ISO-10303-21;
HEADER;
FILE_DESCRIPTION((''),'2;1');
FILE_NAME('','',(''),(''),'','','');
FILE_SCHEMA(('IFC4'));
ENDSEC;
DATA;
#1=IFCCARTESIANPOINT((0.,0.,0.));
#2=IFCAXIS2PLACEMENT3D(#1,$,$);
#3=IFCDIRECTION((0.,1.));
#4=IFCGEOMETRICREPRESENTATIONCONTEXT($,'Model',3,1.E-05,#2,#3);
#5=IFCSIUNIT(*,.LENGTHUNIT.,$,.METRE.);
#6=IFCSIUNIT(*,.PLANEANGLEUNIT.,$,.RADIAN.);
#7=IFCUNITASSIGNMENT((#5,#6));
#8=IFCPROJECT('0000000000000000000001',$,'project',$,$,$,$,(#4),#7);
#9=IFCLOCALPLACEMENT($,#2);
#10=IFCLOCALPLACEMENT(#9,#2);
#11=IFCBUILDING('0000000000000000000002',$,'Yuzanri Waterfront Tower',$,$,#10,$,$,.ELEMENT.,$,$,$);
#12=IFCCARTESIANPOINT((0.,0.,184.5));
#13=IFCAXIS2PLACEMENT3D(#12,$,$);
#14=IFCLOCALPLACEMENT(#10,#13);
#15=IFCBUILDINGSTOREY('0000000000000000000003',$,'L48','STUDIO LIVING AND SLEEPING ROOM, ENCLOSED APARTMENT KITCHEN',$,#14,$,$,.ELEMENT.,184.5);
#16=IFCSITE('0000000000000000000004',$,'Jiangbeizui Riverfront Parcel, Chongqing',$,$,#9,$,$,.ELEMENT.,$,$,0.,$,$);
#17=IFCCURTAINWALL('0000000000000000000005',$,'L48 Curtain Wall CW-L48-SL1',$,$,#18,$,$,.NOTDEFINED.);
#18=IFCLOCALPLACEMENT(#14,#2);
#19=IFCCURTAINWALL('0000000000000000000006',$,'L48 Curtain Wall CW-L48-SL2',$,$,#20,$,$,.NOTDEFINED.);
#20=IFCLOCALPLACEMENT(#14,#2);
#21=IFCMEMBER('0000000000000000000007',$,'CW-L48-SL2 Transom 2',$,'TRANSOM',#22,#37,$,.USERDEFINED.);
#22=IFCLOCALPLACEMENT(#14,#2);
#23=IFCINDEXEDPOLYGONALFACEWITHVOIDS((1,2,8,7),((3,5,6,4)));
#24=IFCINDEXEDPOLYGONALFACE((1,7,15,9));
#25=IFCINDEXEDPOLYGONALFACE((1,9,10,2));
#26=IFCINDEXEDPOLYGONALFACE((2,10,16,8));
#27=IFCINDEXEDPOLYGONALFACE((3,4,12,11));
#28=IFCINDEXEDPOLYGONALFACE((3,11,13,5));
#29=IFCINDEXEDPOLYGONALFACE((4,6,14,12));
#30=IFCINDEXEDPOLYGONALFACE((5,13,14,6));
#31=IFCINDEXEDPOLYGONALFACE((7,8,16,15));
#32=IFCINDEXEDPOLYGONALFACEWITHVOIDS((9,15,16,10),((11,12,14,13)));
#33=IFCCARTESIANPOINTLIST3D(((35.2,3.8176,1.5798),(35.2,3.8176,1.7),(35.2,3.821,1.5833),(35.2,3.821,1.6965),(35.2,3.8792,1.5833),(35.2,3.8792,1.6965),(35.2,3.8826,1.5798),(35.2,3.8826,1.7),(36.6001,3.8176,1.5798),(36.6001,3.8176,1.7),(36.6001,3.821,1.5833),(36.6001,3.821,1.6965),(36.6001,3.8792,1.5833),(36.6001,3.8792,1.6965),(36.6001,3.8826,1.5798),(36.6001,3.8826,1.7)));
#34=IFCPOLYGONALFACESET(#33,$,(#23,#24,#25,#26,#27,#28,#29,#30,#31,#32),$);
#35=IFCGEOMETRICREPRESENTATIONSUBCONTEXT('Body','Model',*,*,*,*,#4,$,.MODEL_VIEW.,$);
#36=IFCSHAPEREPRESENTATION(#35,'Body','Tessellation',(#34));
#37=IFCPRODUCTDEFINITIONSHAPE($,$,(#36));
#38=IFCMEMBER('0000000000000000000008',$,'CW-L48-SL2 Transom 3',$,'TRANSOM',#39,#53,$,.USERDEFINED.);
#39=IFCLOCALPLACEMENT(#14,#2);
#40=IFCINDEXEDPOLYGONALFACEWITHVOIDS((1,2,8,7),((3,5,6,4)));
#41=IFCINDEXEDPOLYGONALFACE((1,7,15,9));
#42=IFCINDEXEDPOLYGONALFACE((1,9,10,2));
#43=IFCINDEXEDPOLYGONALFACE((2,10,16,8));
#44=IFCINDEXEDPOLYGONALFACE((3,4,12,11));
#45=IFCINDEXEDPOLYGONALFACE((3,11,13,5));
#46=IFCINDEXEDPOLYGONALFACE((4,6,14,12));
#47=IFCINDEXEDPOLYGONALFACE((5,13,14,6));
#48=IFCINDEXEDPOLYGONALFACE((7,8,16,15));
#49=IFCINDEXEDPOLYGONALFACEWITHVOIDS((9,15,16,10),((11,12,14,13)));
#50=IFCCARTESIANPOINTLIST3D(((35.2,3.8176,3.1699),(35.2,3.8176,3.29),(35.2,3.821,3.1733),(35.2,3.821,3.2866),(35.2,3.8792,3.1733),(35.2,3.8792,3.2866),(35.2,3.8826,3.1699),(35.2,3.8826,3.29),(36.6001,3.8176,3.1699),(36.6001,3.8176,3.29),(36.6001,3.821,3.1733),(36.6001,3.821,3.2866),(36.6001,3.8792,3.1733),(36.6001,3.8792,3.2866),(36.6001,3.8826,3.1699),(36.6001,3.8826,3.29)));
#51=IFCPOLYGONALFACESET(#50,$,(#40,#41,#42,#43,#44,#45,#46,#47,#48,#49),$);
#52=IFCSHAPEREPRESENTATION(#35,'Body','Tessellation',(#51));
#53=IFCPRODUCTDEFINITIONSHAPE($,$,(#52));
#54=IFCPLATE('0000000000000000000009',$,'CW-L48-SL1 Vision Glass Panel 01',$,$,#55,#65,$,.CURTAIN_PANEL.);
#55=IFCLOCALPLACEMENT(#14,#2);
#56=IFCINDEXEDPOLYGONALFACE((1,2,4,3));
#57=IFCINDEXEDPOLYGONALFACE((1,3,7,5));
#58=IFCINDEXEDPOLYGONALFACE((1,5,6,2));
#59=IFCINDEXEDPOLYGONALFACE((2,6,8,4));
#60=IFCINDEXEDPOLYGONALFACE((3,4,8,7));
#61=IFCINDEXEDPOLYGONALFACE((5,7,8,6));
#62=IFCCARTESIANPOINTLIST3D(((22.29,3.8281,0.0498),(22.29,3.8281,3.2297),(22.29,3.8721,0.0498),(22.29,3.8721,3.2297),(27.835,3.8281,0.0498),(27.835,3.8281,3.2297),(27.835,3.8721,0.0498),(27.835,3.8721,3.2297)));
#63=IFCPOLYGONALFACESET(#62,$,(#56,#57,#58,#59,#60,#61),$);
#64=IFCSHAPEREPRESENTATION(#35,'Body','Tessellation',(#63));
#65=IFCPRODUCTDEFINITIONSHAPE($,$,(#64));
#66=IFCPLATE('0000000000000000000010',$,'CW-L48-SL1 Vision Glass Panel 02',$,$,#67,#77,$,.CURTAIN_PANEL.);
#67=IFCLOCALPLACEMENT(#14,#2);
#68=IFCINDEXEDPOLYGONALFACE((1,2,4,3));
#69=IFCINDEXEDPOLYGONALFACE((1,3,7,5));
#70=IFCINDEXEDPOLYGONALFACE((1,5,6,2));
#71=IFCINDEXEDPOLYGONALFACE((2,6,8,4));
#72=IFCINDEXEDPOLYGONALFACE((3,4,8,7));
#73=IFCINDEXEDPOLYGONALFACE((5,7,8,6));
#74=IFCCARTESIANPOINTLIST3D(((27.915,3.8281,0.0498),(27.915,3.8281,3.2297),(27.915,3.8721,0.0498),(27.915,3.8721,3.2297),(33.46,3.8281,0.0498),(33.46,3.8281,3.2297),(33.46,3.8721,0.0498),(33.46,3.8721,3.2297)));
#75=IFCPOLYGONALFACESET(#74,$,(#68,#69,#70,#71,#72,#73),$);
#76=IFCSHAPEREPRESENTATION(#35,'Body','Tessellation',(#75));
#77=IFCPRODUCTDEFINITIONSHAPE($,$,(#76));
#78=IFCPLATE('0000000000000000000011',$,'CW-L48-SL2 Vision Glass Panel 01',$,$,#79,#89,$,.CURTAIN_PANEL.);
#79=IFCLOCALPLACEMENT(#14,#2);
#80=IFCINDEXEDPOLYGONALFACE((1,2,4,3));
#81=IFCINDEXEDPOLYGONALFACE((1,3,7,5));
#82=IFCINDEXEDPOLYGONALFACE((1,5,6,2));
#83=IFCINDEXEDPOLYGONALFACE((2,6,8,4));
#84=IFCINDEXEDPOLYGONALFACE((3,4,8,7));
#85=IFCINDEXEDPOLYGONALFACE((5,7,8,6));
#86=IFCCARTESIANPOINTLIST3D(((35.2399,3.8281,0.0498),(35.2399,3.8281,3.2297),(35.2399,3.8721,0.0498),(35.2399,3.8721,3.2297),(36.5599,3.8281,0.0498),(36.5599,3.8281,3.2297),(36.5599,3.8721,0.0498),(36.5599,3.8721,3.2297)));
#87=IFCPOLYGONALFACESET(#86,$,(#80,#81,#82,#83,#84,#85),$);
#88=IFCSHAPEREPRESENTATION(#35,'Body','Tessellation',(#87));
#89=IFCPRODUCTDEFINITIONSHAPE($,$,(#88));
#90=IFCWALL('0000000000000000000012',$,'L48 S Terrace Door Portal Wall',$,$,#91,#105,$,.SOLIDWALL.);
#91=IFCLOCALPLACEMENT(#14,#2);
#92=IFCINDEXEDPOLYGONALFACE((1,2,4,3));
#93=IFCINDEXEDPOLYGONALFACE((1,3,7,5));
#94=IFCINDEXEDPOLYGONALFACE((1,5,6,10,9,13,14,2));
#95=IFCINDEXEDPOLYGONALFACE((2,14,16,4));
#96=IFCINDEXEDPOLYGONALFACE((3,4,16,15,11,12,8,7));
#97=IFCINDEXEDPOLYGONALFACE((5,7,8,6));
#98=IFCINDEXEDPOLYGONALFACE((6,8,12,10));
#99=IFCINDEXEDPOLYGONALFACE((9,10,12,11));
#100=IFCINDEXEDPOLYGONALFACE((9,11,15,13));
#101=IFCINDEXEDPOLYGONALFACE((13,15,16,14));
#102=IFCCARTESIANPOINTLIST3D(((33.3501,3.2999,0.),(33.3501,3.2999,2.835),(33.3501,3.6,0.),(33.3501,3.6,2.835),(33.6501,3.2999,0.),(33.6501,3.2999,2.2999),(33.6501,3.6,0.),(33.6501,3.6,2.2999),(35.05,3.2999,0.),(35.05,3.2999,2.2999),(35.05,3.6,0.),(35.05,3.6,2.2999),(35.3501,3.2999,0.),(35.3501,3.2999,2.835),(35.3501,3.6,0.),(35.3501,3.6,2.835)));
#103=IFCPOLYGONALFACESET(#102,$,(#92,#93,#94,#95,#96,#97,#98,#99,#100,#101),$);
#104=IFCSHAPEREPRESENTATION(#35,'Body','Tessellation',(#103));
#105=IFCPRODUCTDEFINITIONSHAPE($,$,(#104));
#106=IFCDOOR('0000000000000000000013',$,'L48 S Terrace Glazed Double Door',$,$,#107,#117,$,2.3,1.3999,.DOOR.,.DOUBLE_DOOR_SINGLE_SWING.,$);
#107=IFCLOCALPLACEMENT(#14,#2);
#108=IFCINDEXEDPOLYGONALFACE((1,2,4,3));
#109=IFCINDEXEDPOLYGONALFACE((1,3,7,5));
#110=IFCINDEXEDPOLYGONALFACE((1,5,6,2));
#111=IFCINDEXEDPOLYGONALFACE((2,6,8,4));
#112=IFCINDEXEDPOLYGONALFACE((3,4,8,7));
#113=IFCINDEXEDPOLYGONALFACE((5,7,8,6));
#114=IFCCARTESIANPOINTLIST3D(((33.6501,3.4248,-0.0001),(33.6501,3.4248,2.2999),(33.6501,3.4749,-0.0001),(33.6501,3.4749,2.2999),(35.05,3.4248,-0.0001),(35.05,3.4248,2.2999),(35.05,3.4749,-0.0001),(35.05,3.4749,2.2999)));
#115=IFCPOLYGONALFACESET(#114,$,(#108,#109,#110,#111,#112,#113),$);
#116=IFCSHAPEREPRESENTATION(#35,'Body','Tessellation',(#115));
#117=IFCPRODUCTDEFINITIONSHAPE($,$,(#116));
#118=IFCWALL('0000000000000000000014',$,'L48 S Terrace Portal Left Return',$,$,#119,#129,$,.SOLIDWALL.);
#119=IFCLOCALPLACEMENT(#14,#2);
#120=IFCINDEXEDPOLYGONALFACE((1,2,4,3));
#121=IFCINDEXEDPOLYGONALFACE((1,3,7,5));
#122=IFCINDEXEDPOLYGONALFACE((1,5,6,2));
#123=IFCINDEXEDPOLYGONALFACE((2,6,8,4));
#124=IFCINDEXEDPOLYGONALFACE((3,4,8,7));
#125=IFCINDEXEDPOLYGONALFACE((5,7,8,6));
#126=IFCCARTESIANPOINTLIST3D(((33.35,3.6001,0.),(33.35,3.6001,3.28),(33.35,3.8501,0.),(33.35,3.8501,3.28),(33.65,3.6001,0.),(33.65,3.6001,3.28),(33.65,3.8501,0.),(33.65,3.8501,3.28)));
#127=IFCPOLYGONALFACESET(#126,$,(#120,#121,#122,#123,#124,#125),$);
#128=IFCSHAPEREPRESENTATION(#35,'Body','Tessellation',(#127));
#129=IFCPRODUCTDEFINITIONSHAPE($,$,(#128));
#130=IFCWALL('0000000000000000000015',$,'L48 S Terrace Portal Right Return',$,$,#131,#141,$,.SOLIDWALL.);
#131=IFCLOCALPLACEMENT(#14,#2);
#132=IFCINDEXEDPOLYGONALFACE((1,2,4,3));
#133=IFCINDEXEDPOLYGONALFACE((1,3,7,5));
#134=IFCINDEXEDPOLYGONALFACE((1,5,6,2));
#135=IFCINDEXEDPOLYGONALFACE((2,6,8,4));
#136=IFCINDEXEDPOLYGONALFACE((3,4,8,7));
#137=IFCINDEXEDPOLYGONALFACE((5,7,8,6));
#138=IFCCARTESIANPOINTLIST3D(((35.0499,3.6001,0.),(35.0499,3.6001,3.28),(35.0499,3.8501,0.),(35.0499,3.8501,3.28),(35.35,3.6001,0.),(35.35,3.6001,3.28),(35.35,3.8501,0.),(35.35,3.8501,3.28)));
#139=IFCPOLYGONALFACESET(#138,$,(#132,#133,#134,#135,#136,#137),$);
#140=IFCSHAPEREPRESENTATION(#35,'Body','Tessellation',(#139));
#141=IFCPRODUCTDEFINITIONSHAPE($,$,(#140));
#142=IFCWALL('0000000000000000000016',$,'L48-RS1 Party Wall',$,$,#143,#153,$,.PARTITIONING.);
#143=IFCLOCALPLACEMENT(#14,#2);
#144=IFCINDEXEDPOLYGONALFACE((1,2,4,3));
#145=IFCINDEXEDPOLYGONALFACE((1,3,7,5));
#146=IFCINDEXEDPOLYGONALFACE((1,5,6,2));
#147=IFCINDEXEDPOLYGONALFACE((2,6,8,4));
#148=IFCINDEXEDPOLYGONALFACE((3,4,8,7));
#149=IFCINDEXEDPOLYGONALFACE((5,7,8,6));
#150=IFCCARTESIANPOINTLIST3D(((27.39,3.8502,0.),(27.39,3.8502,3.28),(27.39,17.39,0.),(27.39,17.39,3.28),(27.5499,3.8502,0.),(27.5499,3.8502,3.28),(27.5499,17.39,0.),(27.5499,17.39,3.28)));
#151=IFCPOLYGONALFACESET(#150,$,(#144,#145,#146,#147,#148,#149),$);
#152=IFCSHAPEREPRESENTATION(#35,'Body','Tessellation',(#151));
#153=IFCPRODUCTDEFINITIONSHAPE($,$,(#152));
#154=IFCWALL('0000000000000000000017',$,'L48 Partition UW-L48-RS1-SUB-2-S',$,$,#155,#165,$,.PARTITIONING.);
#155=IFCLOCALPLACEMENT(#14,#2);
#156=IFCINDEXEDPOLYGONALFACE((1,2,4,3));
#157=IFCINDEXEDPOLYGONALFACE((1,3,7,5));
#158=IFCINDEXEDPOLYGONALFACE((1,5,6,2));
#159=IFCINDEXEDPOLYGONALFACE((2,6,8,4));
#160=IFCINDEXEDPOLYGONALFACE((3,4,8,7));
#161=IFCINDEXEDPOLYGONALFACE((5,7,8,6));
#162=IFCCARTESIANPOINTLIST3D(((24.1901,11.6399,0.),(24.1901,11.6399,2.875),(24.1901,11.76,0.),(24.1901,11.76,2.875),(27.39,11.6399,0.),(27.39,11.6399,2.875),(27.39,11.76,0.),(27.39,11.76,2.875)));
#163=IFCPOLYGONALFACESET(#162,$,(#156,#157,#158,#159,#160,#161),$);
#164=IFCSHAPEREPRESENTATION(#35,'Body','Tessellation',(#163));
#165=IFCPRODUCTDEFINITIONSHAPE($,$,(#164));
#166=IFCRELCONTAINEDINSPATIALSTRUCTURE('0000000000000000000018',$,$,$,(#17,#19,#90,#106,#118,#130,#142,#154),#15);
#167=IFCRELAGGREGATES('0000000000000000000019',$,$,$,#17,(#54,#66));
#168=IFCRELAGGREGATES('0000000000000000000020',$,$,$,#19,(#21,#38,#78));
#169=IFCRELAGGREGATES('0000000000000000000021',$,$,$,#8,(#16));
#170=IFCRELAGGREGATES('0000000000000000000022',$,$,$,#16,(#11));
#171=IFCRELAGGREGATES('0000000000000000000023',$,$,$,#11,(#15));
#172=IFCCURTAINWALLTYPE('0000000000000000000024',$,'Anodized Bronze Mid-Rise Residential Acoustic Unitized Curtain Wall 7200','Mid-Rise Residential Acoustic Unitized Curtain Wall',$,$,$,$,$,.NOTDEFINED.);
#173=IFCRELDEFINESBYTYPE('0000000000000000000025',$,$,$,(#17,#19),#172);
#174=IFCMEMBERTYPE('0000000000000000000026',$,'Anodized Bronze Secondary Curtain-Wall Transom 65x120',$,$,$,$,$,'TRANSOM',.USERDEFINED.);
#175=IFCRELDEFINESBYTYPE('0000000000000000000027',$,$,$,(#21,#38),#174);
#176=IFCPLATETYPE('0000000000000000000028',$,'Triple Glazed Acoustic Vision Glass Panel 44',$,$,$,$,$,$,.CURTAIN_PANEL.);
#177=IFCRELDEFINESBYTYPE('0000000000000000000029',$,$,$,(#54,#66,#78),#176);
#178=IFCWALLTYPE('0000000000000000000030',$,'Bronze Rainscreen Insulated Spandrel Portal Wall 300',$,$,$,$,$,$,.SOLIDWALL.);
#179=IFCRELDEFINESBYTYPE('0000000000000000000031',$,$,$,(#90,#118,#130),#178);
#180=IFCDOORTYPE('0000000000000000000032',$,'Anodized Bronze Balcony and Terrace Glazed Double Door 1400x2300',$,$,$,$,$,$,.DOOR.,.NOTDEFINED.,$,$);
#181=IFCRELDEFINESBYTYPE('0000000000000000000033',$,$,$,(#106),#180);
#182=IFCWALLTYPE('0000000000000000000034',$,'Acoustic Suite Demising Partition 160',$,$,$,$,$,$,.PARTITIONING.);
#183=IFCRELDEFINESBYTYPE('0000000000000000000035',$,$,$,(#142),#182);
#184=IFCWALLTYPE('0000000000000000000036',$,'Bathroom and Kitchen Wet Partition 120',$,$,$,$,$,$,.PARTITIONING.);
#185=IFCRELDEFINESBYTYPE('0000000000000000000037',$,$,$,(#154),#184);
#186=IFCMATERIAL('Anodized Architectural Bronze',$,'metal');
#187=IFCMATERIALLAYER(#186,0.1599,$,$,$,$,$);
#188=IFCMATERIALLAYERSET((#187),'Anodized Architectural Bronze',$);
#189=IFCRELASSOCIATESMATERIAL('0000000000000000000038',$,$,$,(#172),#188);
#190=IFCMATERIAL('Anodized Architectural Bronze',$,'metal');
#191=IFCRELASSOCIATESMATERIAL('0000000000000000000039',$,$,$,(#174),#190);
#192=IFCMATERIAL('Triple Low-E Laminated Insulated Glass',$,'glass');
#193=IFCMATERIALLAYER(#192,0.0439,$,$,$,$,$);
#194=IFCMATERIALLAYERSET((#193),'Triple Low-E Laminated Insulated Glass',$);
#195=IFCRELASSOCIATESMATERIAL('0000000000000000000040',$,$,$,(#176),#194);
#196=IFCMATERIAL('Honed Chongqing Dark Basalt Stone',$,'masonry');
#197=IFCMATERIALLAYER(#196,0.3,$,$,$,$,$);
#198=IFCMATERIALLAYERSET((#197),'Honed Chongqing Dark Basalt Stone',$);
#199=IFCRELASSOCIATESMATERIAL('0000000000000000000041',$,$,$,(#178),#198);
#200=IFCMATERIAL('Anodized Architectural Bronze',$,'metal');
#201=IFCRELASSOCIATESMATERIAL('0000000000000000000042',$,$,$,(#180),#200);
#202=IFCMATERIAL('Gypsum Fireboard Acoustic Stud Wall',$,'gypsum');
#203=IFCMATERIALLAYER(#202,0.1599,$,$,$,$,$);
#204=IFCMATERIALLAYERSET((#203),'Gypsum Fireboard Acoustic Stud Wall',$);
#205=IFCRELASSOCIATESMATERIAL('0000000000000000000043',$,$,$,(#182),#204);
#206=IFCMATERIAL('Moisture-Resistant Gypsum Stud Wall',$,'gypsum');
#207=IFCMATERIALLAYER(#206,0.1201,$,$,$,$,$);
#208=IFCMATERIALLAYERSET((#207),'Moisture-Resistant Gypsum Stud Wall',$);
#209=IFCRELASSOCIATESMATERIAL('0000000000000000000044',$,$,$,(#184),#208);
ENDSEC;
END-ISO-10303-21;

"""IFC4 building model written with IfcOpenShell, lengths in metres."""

from ifc_helpers import new_model, si_unit, direction, frame, frame_2d, origin, origin_2d, place, context, subcontext, project, spatial, rectangle, hollow_rectangle, extrude, source, transform, mapped, material, layer, layer_set, material_profile, profile_set, type_object, element, fill, aggregate, save


model = new_model("IFC4")

# Units and contexts
model_context = context("Model", 3, precision=1e-05, world=origin(), true_north=direction((0.0, 1.0)))
body_context = subcontext(model_context, "Body", "Model", "MODEL_VIEW")
ifc_project = project(units=[si_unit("LENGTHUNIT", "METRE"), si_unit("PLANEANGLEUNIT", "RADIAN")], contexts=[model_context])

# Site, building, storey
site_placement = place(None, origin())
site = spatial("IfcSite", under=ifc_project, at=site_placement, Name="Jiangbeizui Riverfront Parcel, Chongqing", CompositionType="ELEMENT", RefElevation=0.0)
building_placement = place(site_placement, origin())
building = spatial("IfcBuilding", under=site, at=building_placement, Name="Yuzanri Waterfront Tower", CompositionType="ELEMENT")
storey_placement = place(building_placement, frame((0.0, 0.0, 184.5)))
storey = spatial("IfcBuildingStorey", under=building, at=storey_placement, Name="L48", Description="STUDIO LIVING AND SLEEPING ROOM, ENCLOSED APARTMENT KITCHEN", CompositionType="ELEMENT", Elevation=184.5)

# Curtain walls, members
ifc_material_1 = material(Name="Anodized Architectural Bronze", Category="metal")
ifc_layer_1 = layer(ifc_material_1, 0.1599)
ifc_layer_set_1 = layer_set([ifc_layer_1], Name="Anodized Architectural Bronze")
curtain_wall_type = type_object("IfcCurtainWallType", Name="Anodized Bronze Mid-Rise Residential Acoustic Unitized Curtain Wall 7200", Description="Mid-Rise Residential Acoustic Unitized Curtain Wall", PredefinedType="NOTDEFINED", material=ifc_layer_set_1)
curtain_wall_1_placement = place(storey_placement, origin())
curtain_wall_1 = element("IfcCurtainWall", 1, at=curtain_wall_1_placement, inside=storey, type_object=curtain_wall_type, Name="L48 Curtain Wall CW-L48-SL1", PredefinedType="NOTDEFINED")
curtain_wall_2_placement = place(storey_placement, origin())
curtain_wall_2 = element("IfcCurtainWall", 2, at=curtain_wall_2_placement, inside=storey, type_object=curtain_wall_type, Name="L48 Curtain Wall CW-L48-SL2", PredefinedType="NOTDEFINED")
ifc_material_2 = material(Name="Anodized Architectural Bronze", Category="metal")
ifc_material_profile_1 = material_profile(ifc_material_2, hollow_rectangle(XDim=0.0649, YDim=0.1201, WallThickness=0.0034, at=origin_2d()), Name="CWT 65x120")
ifc_profile_set_1 = profile_set([ifc_material_profile_1], Name="Anodized Architectural Bronze")
member_type_1 = type_object("IfcMemberType", Name="Anodized Bronze Secondary Curtain-Wall Transom 65x120", ElementType="TRANSOM", PredefinedType="USERDEFINED", material=ifc_profile_set_1)
shared_shape_1 = source(origin(), body_context, "Body", "SweptSolid", [
    extrude(hollow_rectangle(XDim=0.0649, YDim=0.1201, WallThickness=0.0034, at=origin_2d()), origin(), (0.0, 0.0, 1.0), 1.4001),
])
member_1_placement = place(storey_placement, frame((35.2, 3.8501, 1.6399), z_axis=(1.0, 0.0, 0.0), x_axis=(0.0, 1.0, 0.0)))
member_1 = element("IfcMember", 3, at=member_1_placement, type_object=member_type_1, Name="CW-L48-SL2 Transom 2", ObjectType="TRANSOM", PredefinedType="USERDEFINED", context=body_context, shape_type="MappedRepresentation", body=[
    mapped(shared_shape_1, transform((0.0, 0.0, 0.0), scale=1.0)),
])
member_2_placement = place(storey_placement, frame((35.2, 3.8501, 3.23), z_axis=(1.0, 0.0, 0.0), x_axis=(0.0, 1.0, 0.0)))
member_2 = element("IfcMember", 4, at=member_2_placement, type_object=member_type_1, Name="CW-L48-SL2 Transom 3", ObjectType="TRANSOM", PredefinedType="USERDEFINED", context=body_context, shape_type="MappedRepresentation", body=[
    mapped(shared_shape_1, transform((0.0, 0.0, 0.0), scale=1.0)),
])

# Plates
ifc_material_3 = material(Name="Triple Low-E Laminated Insulated Glass", Category="glass")
ifc_layer_2 = layer(ifc_material_3, 0.0439)
ifc_layer_set_2 = layer_set([ifc_layer_2], Name="Triple Low-E Laminated Insulated Glass")
plate_type = type_object("IfcPlateType", Name="Triple Glazed Acoustic Vision Glass Panel 44", PredefinedType="CURTAIN_PANEL", material=ifc_layer_set_2)
shared_shape_2 = source(origin(), body_context, "Body", "SweptSolid", [
    extrude(rectangle(XDim=5.5449, YDim=0.0439, at=origin_2d()), origin(), (0.0, 0.0, 1.0), 3.1799),
])
plate_1_placement = place(storey_placement, frame((25.0625, 3.8501, 0.0498), z_axis=(0.0, 0.0, 1.0), x_axis=(1.0, 0.0, 0.0)))
plate_1 = element("IfcPlate", 5, at=plate_1_placement, type_object=plate_type, Name="CW-L48-SL1 Vision Glass Panel 01", PredefinedType="CURTAIN_PANEL", context=body_context, shape_type="MappedRepresentation", body=[
    mapped(shared_shape_2, transform((0.0, 0.0, 0.0), scale=1.0)),
])
plate_2_placement = place(storey_placement, frame((30.6875, 3.8501, 0.0498), z_axis=(0.0, 0.0, 1.0), x_axis=(1.0, 0.0, 0.0)))
plate_2 = element("IfcPlate", 6, at=plate_2_placement, type_object=plate_type, Name="CW-L48-SL1 Vision Glass Panel 02", PredefinedType="CURTAIN_PANEL", context=body_context, shape_type="MappedRepresentation", body=[
    mapped(shared_shape_2, transform((0.0, 0.0, 0.0), scale=1.0)),
])
aggregate(curtain_wall_1, [plate_1, plate_2])
shared_shape_3 = source(origin(), body_context, "Body", "SweptSolid", [
    extrude(rectangle(XDim=1.3201, YDim=0.0439, at=origin_2d()), origin(), (0.0, 0.0, 1.0), 3.1799),
])
plate_3_placement = place(storey_placement, frame((35.8999, 3.8501, 0.0498), z_axis=(0.0, 0.0, 1.0), x_axis=(1.0, 0.0, 0.0)))
plate_3 = element("IfcPlate", 7, at=plate_3_placement, type_object=plate_type, Name="CW-L48-SL2 Vision Glass Panel 01", PredefinedType="CURTAIN_PANEL", context=body_context, shape_type="MappedRepresentation", body=[
    mapped(shared_shape_3, transform((0.0, 0.0, 0.0), scale=1.0)),
])
aggregate(curtain_wall_2, [member_1, member_2, plate_3])

# Wall, opening, door
ifc_material_4 = material(Name="Honed Chongqing Dark Basalt Stone", Category="masonry")
ifc_layer_3 = layer(ifc_material_4, 0.3)
ifc_layer_set_3 = layer_set([ifc_layer_3], Name="Honed Chongqing Dark Basalt Stone")
wall_type_1 = type_object("IfcWallType", Name="Bronze Rainscreen Insulated Spandrel Portal Wall 300", PredefinedType="SOLIDWALL", material=ifc_layer_set_3)
wall_1_placement = place(storey_placement, frame((33.3501, 3.45, 0.0), z_axis=(0.0, 0.0, 1.0), x_axis=(1.0, 0.0, 0.0)))
wall_1 = element("IfcWall", 8, at=wall_1_placement, inside=storey, type_object=wall_type_1, Name="L48 S Terrace Door Portal Wall", PredefinedType="SOLIDWALL", context=body_context, shape_type="SweptSolid", body=[
    extrude(rectangle(XDim=2.0, YDim=0.3, at=frame_2d((1.0, 0.0))), origin(), (0.0, 0.0, 1.0), 2.835),
])
opening_placement = place(wall_1_placement, frame((0.3, 0.0, 0.0)))
opening = element("IfcOpeningElement", 9, at=opening_placement, cuts=wall_1, PredefinedType="OPENING", context=body_context, shape_type="SweptSolid", body=[
    extrude(rectangle(XDim=1.3999, YDim=2.3, at=frame_2d((0.7, 1.1499))), frame((0.0, 0.165, 0.0), z_axis=(0.0, -1.0, 0.0), x_axis=(1.0, 0.0, 0.0)), (0.0, 0.0, 1.0), 0.3298),
])
ifc_material_5 = material(Name="Anodized Architectural Bronze", Category="metal")
door_type = type_object("IfcDoorType", Name="Anodized Bronze Balcony and Terrace Glazed Double Door 1400x2300", OperationType="NOTDEFINED", PredefinedType="DOOR", material=ifc_material_5)
shared_shape_4 = source(origin(), body_context, "Body", "SweptSolid", [
    extrude(rectangle(XDim=1.3999, YDim=2.3, at=frame_2d((0.7, 1.1499))), frame((0.0, 0.0249, 0.0), z_axis=(0.0, -1.0, 0.0), x_axis=(1.0, 0.0, 0.0)), (0.0, 0.0, 1.0), 0.05),
])
door_placement = place(opening_placement, origin())
door = element("IfcDoor", 10, at=door_placement, inside=storey, type_object=door_type, Name="L48 S Terrace Glazed Double Door", OperationType="DOUBLE_DOOR_SINGLE_SWING", OverallHeight=2.3, OverallWidth=1.3999, PredefinedType="DOOR", context=body_context, shape_type="MappedRepresentation", body=[
    mapped(shared_shape_4, transform((0.0, 0.0, 0.0), scale=1.0)),
])
fill(opening, door)

# Walls
shared_shape_5 = source(origin(), body_context, "Body", "SweptSolid", [
    extrude(rectangle(XDim=0.25, YDim=0.3, at=frame_2d((0.125, 0.0))), origin(), (0.0, 0.0, 1.0), 3.28),
])
for number, where, z_axis, x_axis, name in (
    (11, (33.5, 3.8501, 0.0), (0.0, 0.0, 1.0), (0.0, -1.0, 0.0), "L48 S Terrace Portal Left Return"),
    (12, (35.2, 3.6001, 0.0), (0.0, 0.0, 1.0), (0.0, 1.0, 0.0), "L48 S Terrace Portal Right Return"),
):
    element("IfcWall", number, at=place(storey_placement, frame(where, z_axis=z_axis, x_axis=x_axis)), inside=storey, type_object=wall_type_1, Name=name, PredefinedType="SOLIDWALL", context=body_context, shape_type="MappedRepresentation", body=[
        mapped(shared_shape_5, transform((0.0, 0.0, 0.0), scale=1.0)),
    ])
ifc_material_6 = material(Name="Gypsum Fireboard Acoustic Stud Wall", Category="gypsum")
ifc_layer_4 = layer(ifc_material_6, 0.1599)
ifc_layer_set_4 = layer_set([ifc_layer_4], Name="Gypsum Fireboard Acoustic Stud Wall")
wall_type_2 = type_object("IfcWallType", Name="Acoustic Suite Demising Partition 160", PredefinedType="PARTITIONING", material=ifc_layer_set_4)
shared_shape_6 = source(origin(), body_context, "Body", "SweptSolid", [
    extrude(rectangle(XDim=13.5398, YDim=0.1599, at=frame_2d((6.77, 0.0))), origin(), (0.0, 0.0, 1.0), 3.28),
])
wall_2_placement = place(storey_placement, frame((27.47, 3.8501, 0.0), z_axis=(0.0, 0.0, 1.0), x_axis=(0.0, 1.0, 0.0)))
element("IfcWall", 13, at=wall_2_placement, inside=storey, type_object=wall_type_2, Name="L48-RS1 Party Wall", PredefinedType="PARTITIONING", context=body_context, shape_type="MappedRepresentation", body=[
    mapped(shared_shape_6, transform((0.0, 0.0, 0.0), scale=1.0)),
])
ifc_material_7 = material(Name="Moisture-Resistant Gypsum Stud Wall", Category="gypsum")
ifc_layer_5 = layer(ifc_material_7, 0.1201)
ifc_layer_set_5 = layer_set([ifc_layer_5], Name="Moisture-Resistant Gypsum Stud Wall")
wall_type_3 = type_object("IfcWallType", Name="Bathroom and Kitchen Wet Partition 120", PredefinedType="PARTITIONING", material=ifc_layer_set_5)
shared_shape_7 = source(origin(), body_context, "Body", "SweptSolid", [
    extrude(rectangle(XDim=3.2, YDim=0.1201, at=frame_2d((1.6001, 0.0))), origin(), (0.0, 0.0, 1.0), 2.875),
])
wall_3_placement = place(storey_placement, frame((24.1899, 11.7, 0.0), z_axis=(0.0, 0.0, 1.0), x_axis=(1.0, 0.0, 0.0)))
element("IfcWall", 14, at=wall_3_placement, inside=storey, type_object=wall_type_3, Name="L48 Partition UW-L48-RS1-SUB-2-S", PredefinedType="PARTITIONING", context=body_context, shape_type="MappedRepresentation", body=[
    mapped(shared_shape_7, transform((0.0, 0.0, 0.0), scale=1.0)),
])

save(model, "model.ifc")
